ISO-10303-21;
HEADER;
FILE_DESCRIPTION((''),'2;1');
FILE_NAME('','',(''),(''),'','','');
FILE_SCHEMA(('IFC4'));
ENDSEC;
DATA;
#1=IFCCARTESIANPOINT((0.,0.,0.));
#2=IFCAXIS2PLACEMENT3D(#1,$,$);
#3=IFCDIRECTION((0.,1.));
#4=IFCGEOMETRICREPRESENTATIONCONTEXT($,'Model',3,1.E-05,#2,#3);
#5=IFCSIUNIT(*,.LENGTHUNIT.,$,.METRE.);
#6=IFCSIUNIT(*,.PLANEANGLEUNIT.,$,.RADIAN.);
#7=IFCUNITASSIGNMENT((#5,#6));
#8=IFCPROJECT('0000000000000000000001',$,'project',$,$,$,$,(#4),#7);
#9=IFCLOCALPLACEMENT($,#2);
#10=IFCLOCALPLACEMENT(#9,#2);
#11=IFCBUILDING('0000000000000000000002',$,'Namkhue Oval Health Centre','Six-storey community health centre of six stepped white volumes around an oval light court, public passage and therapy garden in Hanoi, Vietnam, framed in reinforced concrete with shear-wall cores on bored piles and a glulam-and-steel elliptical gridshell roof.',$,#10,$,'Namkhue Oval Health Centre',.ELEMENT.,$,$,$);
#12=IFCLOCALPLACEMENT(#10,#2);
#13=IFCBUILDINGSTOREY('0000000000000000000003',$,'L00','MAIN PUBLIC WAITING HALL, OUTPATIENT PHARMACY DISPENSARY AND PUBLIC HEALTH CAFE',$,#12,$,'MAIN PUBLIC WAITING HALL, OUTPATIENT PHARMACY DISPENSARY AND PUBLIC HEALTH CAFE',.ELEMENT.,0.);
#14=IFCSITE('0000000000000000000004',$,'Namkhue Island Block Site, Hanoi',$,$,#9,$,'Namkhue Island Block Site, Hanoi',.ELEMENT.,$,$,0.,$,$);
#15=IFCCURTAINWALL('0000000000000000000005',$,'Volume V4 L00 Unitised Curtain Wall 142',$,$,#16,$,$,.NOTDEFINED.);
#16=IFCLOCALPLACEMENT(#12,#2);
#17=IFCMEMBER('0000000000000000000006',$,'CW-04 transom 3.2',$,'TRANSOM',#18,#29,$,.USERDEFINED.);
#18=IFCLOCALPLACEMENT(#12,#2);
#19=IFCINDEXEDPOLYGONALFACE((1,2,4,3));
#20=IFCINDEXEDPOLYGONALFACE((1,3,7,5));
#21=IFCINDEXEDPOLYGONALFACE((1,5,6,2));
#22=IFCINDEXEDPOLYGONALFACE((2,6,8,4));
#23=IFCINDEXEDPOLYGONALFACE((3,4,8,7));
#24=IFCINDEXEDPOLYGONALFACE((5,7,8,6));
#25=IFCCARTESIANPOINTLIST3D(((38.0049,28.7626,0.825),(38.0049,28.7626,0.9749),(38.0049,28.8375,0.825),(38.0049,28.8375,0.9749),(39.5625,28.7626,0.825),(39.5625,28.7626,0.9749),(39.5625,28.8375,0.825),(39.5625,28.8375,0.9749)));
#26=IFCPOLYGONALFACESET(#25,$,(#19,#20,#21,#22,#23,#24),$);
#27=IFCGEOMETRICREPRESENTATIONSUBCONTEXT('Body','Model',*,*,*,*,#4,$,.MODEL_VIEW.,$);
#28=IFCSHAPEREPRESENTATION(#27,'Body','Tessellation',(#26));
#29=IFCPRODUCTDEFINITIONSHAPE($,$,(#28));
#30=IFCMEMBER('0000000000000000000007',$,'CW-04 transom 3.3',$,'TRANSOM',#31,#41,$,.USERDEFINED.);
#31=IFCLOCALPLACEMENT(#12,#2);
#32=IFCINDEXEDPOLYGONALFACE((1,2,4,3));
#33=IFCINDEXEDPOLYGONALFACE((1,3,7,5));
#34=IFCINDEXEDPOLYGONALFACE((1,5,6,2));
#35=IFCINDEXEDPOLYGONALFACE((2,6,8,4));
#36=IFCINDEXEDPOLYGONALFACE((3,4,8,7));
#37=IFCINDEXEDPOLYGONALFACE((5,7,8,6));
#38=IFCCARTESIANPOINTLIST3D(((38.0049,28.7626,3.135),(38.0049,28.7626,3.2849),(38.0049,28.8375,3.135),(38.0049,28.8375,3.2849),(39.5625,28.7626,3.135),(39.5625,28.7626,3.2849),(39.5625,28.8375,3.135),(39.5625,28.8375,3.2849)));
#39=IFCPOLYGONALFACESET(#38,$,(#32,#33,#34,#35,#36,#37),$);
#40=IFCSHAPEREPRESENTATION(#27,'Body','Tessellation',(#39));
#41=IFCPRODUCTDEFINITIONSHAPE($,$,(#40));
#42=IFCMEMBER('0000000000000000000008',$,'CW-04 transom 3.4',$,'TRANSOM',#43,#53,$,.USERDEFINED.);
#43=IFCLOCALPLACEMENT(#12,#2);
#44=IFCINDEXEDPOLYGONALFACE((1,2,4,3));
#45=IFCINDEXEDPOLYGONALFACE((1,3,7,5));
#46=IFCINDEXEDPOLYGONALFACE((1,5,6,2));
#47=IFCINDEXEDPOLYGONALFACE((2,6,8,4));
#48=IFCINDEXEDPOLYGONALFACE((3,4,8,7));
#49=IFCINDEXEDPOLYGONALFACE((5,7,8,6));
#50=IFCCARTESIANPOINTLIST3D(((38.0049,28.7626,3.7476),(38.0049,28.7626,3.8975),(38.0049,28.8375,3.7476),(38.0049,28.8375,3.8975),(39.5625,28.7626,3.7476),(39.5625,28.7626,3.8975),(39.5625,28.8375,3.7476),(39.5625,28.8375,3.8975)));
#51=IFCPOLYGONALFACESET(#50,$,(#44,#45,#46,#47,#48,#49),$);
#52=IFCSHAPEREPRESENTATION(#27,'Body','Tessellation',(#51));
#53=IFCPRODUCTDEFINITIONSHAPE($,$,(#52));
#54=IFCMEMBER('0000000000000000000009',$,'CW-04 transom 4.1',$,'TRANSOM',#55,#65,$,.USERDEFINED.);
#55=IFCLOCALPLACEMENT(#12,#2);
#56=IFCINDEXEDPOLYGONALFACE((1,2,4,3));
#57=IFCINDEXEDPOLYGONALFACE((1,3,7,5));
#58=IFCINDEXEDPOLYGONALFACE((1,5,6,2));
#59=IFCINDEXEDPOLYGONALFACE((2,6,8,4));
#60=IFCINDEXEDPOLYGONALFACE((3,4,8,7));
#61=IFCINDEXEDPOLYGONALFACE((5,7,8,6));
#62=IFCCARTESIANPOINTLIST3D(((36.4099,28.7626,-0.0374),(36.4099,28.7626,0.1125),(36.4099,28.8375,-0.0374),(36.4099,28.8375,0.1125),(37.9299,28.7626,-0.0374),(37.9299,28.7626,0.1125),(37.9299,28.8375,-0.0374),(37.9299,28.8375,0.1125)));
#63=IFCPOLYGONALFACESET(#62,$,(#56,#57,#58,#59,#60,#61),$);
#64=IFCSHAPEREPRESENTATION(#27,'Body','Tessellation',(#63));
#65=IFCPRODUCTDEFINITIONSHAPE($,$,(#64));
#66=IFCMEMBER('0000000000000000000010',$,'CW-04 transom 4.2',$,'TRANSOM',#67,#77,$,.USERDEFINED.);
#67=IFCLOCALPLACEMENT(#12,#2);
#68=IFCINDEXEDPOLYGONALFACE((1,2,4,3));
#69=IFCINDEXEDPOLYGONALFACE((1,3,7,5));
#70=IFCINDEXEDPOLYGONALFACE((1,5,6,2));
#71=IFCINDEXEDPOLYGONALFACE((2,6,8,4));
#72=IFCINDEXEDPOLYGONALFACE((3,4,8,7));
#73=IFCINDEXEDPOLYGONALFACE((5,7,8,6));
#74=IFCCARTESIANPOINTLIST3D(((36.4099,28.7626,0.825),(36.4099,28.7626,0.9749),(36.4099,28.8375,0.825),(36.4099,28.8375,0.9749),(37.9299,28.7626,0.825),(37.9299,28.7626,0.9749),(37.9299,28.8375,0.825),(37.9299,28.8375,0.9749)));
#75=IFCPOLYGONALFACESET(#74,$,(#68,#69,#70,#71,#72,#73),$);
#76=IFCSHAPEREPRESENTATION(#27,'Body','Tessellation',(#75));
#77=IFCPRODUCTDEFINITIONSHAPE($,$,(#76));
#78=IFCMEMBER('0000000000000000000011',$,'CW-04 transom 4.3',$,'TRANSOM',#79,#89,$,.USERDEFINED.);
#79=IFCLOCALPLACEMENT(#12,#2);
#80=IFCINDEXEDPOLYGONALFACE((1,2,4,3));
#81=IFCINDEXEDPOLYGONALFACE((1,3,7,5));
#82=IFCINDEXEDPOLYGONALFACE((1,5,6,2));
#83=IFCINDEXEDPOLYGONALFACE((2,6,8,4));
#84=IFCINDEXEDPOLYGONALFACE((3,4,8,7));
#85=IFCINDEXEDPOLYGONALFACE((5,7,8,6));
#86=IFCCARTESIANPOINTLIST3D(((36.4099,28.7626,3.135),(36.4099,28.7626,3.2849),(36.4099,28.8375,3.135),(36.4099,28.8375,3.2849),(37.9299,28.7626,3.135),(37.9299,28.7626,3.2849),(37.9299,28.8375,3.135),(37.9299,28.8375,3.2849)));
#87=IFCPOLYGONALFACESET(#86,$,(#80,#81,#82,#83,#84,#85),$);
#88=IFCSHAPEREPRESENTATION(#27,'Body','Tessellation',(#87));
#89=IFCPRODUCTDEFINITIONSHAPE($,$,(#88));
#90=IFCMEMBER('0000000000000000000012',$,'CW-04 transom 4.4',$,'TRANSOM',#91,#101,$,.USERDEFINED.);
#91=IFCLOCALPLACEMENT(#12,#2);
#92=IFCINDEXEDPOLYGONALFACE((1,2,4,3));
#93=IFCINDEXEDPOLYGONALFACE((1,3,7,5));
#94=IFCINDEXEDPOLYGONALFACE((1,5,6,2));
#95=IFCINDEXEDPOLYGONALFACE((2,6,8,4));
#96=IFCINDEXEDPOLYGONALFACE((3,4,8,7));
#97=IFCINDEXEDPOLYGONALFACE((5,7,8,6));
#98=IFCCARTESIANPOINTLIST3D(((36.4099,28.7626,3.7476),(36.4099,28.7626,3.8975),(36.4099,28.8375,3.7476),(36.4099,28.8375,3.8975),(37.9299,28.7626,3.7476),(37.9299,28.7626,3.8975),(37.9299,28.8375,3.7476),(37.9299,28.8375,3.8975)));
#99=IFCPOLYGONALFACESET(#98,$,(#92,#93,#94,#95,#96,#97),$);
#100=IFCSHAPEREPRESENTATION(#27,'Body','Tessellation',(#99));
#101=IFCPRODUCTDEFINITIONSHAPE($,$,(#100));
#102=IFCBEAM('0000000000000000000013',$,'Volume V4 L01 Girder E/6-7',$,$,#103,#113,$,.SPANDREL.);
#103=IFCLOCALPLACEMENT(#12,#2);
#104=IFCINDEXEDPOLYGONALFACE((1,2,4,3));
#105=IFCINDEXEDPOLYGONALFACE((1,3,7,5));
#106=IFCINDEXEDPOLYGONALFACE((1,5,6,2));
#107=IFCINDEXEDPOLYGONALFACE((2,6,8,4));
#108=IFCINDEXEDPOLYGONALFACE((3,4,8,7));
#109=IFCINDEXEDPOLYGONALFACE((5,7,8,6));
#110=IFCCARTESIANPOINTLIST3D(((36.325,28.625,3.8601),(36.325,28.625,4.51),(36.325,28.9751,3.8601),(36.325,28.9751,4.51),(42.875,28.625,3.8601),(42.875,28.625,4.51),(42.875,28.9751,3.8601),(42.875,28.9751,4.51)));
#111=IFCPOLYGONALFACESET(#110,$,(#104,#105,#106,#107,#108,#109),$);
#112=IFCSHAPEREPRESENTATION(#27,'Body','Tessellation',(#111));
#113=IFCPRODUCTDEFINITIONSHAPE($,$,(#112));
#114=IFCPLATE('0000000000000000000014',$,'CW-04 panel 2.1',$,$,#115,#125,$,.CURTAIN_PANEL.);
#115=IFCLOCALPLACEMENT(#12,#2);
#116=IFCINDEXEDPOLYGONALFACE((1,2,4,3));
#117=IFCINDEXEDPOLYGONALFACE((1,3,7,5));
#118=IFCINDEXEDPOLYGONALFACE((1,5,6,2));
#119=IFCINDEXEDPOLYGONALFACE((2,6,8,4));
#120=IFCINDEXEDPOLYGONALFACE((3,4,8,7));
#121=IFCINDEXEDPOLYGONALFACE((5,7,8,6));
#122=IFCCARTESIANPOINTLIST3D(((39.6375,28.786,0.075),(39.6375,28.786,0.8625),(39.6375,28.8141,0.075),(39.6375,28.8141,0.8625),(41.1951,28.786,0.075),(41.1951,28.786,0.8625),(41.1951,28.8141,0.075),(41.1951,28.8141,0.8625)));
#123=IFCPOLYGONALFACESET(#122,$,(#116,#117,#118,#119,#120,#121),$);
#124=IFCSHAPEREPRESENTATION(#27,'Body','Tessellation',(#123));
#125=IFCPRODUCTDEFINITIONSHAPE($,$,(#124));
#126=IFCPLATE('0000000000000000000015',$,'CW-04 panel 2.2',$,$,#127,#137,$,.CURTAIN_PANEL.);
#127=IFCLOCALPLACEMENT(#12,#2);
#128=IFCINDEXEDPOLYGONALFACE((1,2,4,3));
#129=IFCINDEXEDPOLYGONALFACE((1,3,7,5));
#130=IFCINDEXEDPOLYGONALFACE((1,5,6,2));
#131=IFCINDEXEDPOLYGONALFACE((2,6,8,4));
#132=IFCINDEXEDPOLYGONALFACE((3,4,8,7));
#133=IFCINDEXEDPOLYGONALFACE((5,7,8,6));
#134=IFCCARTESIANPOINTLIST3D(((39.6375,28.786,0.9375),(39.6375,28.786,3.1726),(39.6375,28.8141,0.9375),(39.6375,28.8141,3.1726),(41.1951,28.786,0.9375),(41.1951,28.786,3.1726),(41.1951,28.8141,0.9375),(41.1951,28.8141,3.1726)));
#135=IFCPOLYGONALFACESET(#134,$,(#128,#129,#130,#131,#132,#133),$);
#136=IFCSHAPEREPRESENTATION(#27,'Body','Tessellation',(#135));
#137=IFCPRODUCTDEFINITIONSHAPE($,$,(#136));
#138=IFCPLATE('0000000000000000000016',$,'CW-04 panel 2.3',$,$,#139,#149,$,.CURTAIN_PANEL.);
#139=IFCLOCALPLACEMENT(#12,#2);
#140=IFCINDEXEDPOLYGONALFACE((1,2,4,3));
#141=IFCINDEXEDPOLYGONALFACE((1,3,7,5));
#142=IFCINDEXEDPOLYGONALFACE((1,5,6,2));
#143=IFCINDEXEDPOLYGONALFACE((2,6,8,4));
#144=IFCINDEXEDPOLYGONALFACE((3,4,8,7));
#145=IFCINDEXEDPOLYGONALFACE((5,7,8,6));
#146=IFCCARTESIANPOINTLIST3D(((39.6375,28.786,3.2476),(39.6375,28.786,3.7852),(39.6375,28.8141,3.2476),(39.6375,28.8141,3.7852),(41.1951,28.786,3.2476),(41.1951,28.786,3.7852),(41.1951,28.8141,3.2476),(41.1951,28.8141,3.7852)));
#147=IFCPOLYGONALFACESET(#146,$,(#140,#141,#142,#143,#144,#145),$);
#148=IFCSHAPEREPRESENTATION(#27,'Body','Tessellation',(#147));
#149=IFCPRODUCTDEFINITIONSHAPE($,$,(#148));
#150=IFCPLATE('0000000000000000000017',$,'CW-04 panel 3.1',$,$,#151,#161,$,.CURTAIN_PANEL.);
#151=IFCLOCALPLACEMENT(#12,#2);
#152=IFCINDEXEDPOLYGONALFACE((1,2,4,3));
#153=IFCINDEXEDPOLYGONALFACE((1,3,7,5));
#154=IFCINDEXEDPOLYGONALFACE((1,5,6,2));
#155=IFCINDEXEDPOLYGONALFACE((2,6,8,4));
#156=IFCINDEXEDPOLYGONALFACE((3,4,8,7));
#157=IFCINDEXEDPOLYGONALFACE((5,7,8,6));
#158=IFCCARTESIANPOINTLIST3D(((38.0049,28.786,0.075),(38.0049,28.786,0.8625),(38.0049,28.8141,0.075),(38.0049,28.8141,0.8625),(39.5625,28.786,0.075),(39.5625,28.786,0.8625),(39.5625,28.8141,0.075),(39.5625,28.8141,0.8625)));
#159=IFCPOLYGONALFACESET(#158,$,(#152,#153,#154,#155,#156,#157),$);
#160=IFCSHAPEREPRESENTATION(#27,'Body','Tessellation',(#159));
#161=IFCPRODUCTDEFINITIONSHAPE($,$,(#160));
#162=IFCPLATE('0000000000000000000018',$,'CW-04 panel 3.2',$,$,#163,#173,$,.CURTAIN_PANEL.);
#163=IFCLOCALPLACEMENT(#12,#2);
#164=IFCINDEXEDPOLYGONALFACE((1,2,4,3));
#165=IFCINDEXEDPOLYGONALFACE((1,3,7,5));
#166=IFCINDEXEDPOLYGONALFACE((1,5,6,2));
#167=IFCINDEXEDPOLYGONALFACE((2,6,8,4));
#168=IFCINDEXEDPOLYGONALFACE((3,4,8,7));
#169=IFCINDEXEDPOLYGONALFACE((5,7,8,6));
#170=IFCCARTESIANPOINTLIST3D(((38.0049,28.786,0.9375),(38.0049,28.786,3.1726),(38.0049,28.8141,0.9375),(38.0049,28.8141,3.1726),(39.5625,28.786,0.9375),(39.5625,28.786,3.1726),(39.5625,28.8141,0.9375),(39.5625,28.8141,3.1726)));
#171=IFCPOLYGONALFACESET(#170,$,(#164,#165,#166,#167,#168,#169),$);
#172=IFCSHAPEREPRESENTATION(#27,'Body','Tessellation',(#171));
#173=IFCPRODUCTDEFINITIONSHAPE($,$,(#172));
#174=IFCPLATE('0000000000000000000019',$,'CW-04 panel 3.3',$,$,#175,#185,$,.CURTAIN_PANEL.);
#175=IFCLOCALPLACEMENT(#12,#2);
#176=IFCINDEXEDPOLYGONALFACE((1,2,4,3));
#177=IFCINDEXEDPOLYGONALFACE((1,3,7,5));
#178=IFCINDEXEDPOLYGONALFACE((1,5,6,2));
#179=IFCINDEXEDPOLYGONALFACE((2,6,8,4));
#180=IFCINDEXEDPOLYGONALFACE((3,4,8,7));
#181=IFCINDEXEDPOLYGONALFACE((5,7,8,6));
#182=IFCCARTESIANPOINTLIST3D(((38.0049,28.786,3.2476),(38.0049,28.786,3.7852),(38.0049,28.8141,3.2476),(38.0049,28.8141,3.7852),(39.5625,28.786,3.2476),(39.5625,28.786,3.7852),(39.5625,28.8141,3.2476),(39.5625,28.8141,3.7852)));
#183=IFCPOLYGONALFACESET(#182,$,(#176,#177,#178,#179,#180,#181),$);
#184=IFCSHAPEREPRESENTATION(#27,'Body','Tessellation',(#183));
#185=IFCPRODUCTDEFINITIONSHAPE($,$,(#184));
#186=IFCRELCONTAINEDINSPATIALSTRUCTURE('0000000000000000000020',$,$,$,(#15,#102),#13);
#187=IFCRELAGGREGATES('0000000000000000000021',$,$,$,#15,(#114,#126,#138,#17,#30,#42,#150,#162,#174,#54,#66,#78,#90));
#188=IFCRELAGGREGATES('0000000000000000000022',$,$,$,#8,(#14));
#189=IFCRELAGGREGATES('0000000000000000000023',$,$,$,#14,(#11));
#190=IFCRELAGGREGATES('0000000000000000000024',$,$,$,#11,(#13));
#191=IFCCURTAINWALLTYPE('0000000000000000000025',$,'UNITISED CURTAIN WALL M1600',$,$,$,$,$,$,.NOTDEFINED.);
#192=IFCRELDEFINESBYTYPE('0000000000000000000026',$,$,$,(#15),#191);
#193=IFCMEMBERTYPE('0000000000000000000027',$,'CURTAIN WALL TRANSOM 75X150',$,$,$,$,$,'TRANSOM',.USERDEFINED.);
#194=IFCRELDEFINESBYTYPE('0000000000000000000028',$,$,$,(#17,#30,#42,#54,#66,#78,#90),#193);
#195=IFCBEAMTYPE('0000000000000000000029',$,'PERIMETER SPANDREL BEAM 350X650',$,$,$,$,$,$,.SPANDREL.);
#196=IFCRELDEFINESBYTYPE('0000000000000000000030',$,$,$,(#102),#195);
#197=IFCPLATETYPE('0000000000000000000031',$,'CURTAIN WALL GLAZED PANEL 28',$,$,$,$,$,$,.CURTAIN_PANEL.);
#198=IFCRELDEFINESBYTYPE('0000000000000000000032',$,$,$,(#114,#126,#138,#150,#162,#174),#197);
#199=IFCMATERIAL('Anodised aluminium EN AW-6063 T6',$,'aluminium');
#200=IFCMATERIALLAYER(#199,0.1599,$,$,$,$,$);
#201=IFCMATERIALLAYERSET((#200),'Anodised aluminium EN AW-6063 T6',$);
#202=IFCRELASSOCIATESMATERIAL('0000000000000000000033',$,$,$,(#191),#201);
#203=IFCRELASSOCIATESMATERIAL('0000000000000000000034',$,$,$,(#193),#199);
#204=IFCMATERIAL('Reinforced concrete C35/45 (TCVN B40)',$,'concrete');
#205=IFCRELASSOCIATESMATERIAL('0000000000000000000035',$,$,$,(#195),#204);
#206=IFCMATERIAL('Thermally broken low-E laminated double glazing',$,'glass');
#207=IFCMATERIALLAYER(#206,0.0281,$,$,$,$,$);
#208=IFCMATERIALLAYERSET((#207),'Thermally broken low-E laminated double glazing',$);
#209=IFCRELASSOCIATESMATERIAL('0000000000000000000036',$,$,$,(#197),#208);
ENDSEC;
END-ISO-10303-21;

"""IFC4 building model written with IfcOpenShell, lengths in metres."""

from ifc_helpers import new_model, si_unit, direction, frame, origin, origin_2d, place, context, subcontext, project, spatial, rectangle, extrude, material, layer, layer_set, material_profile, profile_set, type_object, element, aggregate, save


model = new_model("IFC4")

# Units and contexts
model_context = context("Model", 3, precision=1e-05, world=origin(), true_north=direction((0.0, 1.0)))
body_context = subcontext(model_context, "Body", "Model", "MODEL_VIEW")
ifc_project = project(units=[si_unit("LENGTHUNIT", "METRE"), si_unit("PLANEANGLEUNIT", "RADIAN")], contexts=[model_context])

# Site, building, storey
site_placement = place(None, origin())
site = spatial("IfcSite", under=ifc_project, at=site_placement, Name="Namkhue Island Block Site, Hanoi", LongName="Namkhue Island Block Site, Hanoi", CompositionType="ELEMENT", RefElevation=0.0)
building_placement = place(site_placement, origin())
building = spatial("IfcBuilding", under=site, at=building_placement, Name="Namkhue Oval Health Centre", Description="Six-storey community health centre of six stepped white volumes around an oval light court, public passage and therapy garden in Hanoi, Vietnam, framed in reinforced concrete with shear-wall cores on bored piles and a glulam-and-steel elliptical gridshell roof.", LongName="Namkhue Oval Health Centre", CompositionType="ELEMENT")
storey_placement = place(building_placement, origin())
storey = spatial("IfcBuildingStorey", under=building, at=storey_placement, Name="L00", Description="MAIN PUBLIC WAITING HALL, OUTPATIENT PHARMACY DISPENSARY AND PUBLIC HEALTH CAFE", LongName="MAIN PUBLIC WAITING HALL, OUTPATIENT PHARMACY DISPENSARY AND PUBLIC HEALTH CAFE", CompositionType="ELEMENT", Elevation=0.0)

# Curtain wall, members
ifc_material_1 = material(Name="Anodised aluminium EN AW-6063 T6", Category="aluminium")
ifc_layer_1 = layer(ifc_material_1, 0.1599)
ifc_layer_set_1 = layer_set([ifc_layer_1], Name="Anodised aluminium EN AW-6063 T6")
curtain_wall_type = type_object("IfcCurtainWallType", Name="UNITISED CURTAIN WALL M1600", PredefinedType="NOTDEFINED", material=ifc_layer_set_1)
curtain_wall_placement = place(storey_placement, origin())
curtain_wall = element("IfcCurtainWall", 1, at=curtain_wall_placement, inside=storey, type_object=curtain_wall_type, Name="Volume V4 L00 Unitised Curtain Wall 142", PredefinedType="NOTDEFINED")
ifc_material_profile_1 = material_profile(ifc_material_1, rectangle(XDim=0.075, YDim=0.1499, at=origin_2d()), Name="ALU 75x150")
ifc_profile_set_1 = profile_set([ifc_material_profile_1], Name="Anodised aluminium EN AW-6063 T6")
member_type_1 = type_object("IfcMemberType", Name="CURTAIN WALL TRANSOM 75X150", ElementType="TRANSOM", PredefinedType="USERDEFINED", material=ifc_profile_set_1)
member_1_placement = place(storey_placement, frame((39.5625, 28.8, 0.8999), z_axis=(-1.0, 0.0, 0.0), x_axis=(0.0, -1.0, 0.0)))
member_1 = element("IfcMember", 2, at=member_1_placement, type_object=member_type_1, Name="CW-04 transom 3.2", ObjectType="TRANSOM", PredefinedType="USERDEFINED", context=body_context, shape_type="SweptSolid", body=[
    extrude(rectangle(XDim=0.075, YDim=0.1499, at=origin_2d()), origin(), (0.0, 0.0, 1.0), 1.5576),
])
member_2_placement = place(storey_placement, frame((39.5625, 28.8, 3.21), z_axis=(-1.0, 0.0, 0.0), x_axis=(0.0, -1.0, 0.0)))
member_2 = element("IfcMember", 3, at=member_2_placement, type_object=member_type_1, Name="CW-04 transom 3.3", ObjectType="TRANSOM", PredefinedType="USERDEFINED", context=body_context, shape_type="SweptSolid", body=[
    extrude(rectangle(XDim=0.075, YDim=0.1499, at=origin_2d()), origin(), (0.0, 0.0, 1.0), 1.5576),
])
member_3_placement = place(storey_placement, frame((39.5625, 28.8, 3.8225), z_axis=(-1.0, 0.0, 0.0), x_axis=(0.0, -1.0, 0.0)))
member_3 = element("IfcMember", 4, at=member_3_placement, type_object=member_type_1, Name="CW-04 transom 3.4", ObjectType="TRANSOM", PredefinedType="USERDEFINED", context=body_context, shape_type="SweptSolid", body=[
    extrude(rectangle(XDim=0.075, YDim=0.1499, at=origin_2d()), origin(), (0.0, 0.0, 1.0), 1.5576),
])
member_4_placement = place(storey_placement, frame((37.9299, 28.8, 0.0376), z_axis=(-1.0, 0.0, 0.0), x_axis=(0.0, -1.0, 0.0)))
member_4 = element("IfcMember", 5, at=member_4_placement, type_object=member_type_1, Name="CW-04 transom 4.1", ObjectType="TRANSOM", PredefinedType="USERDEFINED", context=body_context, shape_type="SweptSolid", body=[
    extrude(rectangle(XDim=0.075, YDim=0.1499, at=origin_2d()), origin(), (0.0, 0.0, 1.0), 1.52),
])
member_5_placement = place(storey_placement, frame((37.9299, 28.8, 0.8999), z_axis=(-1.0, 0.0, 0.0), x_axis=(0.0, -1.0, 0.0)))
member_5 = element("IfcMember", 6, at=member_5_placement, type_object=member_type_1, Name="CW-04 transom 4.2", ObjectType="TRANSOM", PredefinedType="USERDEFINED", context=body_context, shape_type="SweptSolid", body=[
    extrude(rectangle(XDim=0.075, YDim=0.1499, at=origin_2d()), origin(), (0.0, 0.0, 1.0), 1.52),
])
member_6_placement = place(storey_placement, frame((37.9299, 28.8, 3.21), z_axis=(-1.0, 0.0, 0.0), x_axis=(0.0, -1.0, 0.0)))
member_6 = element("IfcMember", 7, at=member_6_placement, type_object=member_type_1, Name="CW-04 transom 4.3", ObjectType="TRANSOM", PredefinedType="USERDEFINED", context=body_context, shape_type="SweptSolid", body=[
    extrude(rectangle(XDim=0.075, YDim=0.1499, at=origin_2d()), origin(), (0.0, 0.0, 1.0), 1.52),
])
member_7_placement = place(storey_placement, frame((37.9299, 28.8, 3.8225), z_axis=(-1.0, 0.0, 0.0), x_axis=(0.0, -1.0, 0.0)))
member_7 = element("IfcMember", 8, at=member_7_placement, type_object=member_type_1, Name="CW-04 transom 4.4", ObjectType="TRANSOM", PredefinedType="USERDEFINED", context=body_context, shape_type="SweptSolid", body=[
    extrude(rectangle(XDim=0.075, YDim=0.1499, at=origin_2d()), origin(), (0.0, 0.0, 1.0), 1.52),
])

# Beam
ifc_material_2 = material(Name="Reinforced concrete C35/45 (TCVN B40)", Category="concrete")
ifc_material_profile_2 = material_profile(ifc_material_2, rectangle(XDim=0.3501, YDim=0.6499, at=origin_2d()), Name="RC 350x650")
ifc_profile_set_2 = profile_set([ifc_material_profile_2], Name="Reinforced concrete C35/45 (TCVN B40)")
beam_type = type_object("IfcBeamType", Name="PERIMETER SPANDREL BEAM 350X650", PredefinedType="SPANDREL", material=ifc_profile_set_2)
beam_placement = place(storey_placement, frame((36.325, 28.8, 4.1851), z_axis=(1.0, 0.0, 0.0), x_axis=(0.0, 1.0, 0.0)))
element("IfcBeam", 9, at=beam_placement, inside=storey, type_object=beam_type, Name="Volume V4 L01 Girder E/6-7", PredefinedType="SPANDREL", context=body_context, shape_type="SweptSolid", body=[
    extrude(rectangle(XDim=0.3501, YDim=0.6499, at=origin_2d()), origin(), (0.0, 0.0, 1.0), 6.55),
])

# Plates
ifc_material_3 = material(Name="Thermally broken low-E laminated double glazing", Category="glass")
ifc_layer_2 = layer(ifc_material_3, 0.0281)
ifc_layer_set_2 = layer_set([ifc_layer_2], Name="Thermally broken low-E laminated double glazing")
plate_type = type_object("IfcPlateType", Name="CURTAIN WALL GLAZED PANEL 28", PredefinedType="CURTAIN_PANEL", material=ifc_layer_set_2)
plate_1_placement = place(storey_placement, frame((40.4163, 28.8, 0.075), z_axis=(0.0, 0.0, 1.0), x_axis=(-1.0, 0.0, 0.0)))
plate_1 = element("IfcPlate", 10, at=plate_1_placement, type_object=plate_type, Name="CW-04 panel 2.1", PredefinedType="CURTAIN_PANEL", context=body_context, shape_type="SweptSolid", body=[
    extrude(rectangle(XDim=1.5576, YDim=0.0281, at=origin_2d()), origin(), (0.0, 0.0, 1.0), 0.7876),
])
plate_2_placement = place(storey_placement, frame((40.4163, 28.8, 0.9375), z_axis=(0.0, 0.0, 1.0), x_axis=(-1.0, 0.0, 0.0)))
plate_2 = element("IfcPlate", 11, at=plate_2_placement, type_object=plate_type, Name="CW-04 panel 2.2", PredefinedType="CURTAIN_PANEL", context=body_context, shape_type="SweptSolid", body=[
    extrude(rectangle(XDim=1.5576, YDim=0.0281, at=origin_2d()), origin(), (0.0, 0.0, 1.0), 2.2351),
])
plate_3_placement = place(storey_placement, frame((40.4163, 28.8, 3.2476), z_axis=(0.0, 0.0, 1.0), x_axis=(-1.0, 0.0, 0.0)))
plate_3 = element("IfcPlate", 12, at=plate_3_placement, type_object=plate_type, Name="CW-04 panel 2.3", PredefinedType="CURTAIN_PANEL", context=body_context, shape_type="SweptSolid", body=[
    extrude(rectangle(XDim=1.5576, YDim=0.0281, at=origin_2d()), origin(), (0.0, 0.0, 1.0), 0.5376),
])
plate_4_placement = place(storey_placement, frame((38.7837, 28.8, 0.075), z_axis=(0.0, 0.0, 1.0), x_axis=(-1.0, 0.0, 0.0)))
plate_4 = element("IfcPlate", 13, at=plate_4_placement, type_object=plate_type, Name="CW-04 panel 3.1", PredefinedType="CURTAIN_PANEL", context=body_context, shape_type="SweptSolid", body=[
    extrude(rectangle(XDim=1.5576, YDim=0.0281, at=origin_2d()), origin(), (0.0, 0.0, 1.0), 0.7876),
])
plate_5_placement = place(storey_placement, frame((38.7837, 28.8, 0.9375), z_axis=(0.0, 0.0, 1.0), x_axis=(-1.0, 0.0, 0.0)))
plate_5 = element("IfcPlate", 14, at=plate_5_placement, type_object=plate_type, Name="CW-04 panel 3.2", PredefinedType="CURTAIN_PANEL", context=body_context, shape_type="SweptSolid", body=[
    extrude(rectangle(XDim=1.5576, YDim=0.0281, at=origin_2d()), origin(), (0.0, 0.0, 1.0), 2.2351),
])
plate_6_placement = place(storey_placement, frame((38.7837, 28.8, 3.2476), z_axis=(0.0, 0.0, 1.0), x_axis=(-1.0, 0.0, 0.0)))
plate_6 = element("IfcPlate", 15, at=plate_6_placement, type_object=plate_type, Name="CW-04 panel 3.3", PredefinedType="CURTAIN_PANEL", context=body_context, shape_type="SweptSolid", body=[
    extrude(rectangle(XDim=1.5576, YDim=0.0281, at=origin_2d()), origin(), (0.0, 0.0, 1.0), 0.5376),
])
aggregate(curtain_wall, [plate_1, plate_2, plate_3, member_1, member_2, member_3, plate_4, plate_5, plate_6, member_4, member_5, member_6, member_7])

save(model, "model.ifc")
